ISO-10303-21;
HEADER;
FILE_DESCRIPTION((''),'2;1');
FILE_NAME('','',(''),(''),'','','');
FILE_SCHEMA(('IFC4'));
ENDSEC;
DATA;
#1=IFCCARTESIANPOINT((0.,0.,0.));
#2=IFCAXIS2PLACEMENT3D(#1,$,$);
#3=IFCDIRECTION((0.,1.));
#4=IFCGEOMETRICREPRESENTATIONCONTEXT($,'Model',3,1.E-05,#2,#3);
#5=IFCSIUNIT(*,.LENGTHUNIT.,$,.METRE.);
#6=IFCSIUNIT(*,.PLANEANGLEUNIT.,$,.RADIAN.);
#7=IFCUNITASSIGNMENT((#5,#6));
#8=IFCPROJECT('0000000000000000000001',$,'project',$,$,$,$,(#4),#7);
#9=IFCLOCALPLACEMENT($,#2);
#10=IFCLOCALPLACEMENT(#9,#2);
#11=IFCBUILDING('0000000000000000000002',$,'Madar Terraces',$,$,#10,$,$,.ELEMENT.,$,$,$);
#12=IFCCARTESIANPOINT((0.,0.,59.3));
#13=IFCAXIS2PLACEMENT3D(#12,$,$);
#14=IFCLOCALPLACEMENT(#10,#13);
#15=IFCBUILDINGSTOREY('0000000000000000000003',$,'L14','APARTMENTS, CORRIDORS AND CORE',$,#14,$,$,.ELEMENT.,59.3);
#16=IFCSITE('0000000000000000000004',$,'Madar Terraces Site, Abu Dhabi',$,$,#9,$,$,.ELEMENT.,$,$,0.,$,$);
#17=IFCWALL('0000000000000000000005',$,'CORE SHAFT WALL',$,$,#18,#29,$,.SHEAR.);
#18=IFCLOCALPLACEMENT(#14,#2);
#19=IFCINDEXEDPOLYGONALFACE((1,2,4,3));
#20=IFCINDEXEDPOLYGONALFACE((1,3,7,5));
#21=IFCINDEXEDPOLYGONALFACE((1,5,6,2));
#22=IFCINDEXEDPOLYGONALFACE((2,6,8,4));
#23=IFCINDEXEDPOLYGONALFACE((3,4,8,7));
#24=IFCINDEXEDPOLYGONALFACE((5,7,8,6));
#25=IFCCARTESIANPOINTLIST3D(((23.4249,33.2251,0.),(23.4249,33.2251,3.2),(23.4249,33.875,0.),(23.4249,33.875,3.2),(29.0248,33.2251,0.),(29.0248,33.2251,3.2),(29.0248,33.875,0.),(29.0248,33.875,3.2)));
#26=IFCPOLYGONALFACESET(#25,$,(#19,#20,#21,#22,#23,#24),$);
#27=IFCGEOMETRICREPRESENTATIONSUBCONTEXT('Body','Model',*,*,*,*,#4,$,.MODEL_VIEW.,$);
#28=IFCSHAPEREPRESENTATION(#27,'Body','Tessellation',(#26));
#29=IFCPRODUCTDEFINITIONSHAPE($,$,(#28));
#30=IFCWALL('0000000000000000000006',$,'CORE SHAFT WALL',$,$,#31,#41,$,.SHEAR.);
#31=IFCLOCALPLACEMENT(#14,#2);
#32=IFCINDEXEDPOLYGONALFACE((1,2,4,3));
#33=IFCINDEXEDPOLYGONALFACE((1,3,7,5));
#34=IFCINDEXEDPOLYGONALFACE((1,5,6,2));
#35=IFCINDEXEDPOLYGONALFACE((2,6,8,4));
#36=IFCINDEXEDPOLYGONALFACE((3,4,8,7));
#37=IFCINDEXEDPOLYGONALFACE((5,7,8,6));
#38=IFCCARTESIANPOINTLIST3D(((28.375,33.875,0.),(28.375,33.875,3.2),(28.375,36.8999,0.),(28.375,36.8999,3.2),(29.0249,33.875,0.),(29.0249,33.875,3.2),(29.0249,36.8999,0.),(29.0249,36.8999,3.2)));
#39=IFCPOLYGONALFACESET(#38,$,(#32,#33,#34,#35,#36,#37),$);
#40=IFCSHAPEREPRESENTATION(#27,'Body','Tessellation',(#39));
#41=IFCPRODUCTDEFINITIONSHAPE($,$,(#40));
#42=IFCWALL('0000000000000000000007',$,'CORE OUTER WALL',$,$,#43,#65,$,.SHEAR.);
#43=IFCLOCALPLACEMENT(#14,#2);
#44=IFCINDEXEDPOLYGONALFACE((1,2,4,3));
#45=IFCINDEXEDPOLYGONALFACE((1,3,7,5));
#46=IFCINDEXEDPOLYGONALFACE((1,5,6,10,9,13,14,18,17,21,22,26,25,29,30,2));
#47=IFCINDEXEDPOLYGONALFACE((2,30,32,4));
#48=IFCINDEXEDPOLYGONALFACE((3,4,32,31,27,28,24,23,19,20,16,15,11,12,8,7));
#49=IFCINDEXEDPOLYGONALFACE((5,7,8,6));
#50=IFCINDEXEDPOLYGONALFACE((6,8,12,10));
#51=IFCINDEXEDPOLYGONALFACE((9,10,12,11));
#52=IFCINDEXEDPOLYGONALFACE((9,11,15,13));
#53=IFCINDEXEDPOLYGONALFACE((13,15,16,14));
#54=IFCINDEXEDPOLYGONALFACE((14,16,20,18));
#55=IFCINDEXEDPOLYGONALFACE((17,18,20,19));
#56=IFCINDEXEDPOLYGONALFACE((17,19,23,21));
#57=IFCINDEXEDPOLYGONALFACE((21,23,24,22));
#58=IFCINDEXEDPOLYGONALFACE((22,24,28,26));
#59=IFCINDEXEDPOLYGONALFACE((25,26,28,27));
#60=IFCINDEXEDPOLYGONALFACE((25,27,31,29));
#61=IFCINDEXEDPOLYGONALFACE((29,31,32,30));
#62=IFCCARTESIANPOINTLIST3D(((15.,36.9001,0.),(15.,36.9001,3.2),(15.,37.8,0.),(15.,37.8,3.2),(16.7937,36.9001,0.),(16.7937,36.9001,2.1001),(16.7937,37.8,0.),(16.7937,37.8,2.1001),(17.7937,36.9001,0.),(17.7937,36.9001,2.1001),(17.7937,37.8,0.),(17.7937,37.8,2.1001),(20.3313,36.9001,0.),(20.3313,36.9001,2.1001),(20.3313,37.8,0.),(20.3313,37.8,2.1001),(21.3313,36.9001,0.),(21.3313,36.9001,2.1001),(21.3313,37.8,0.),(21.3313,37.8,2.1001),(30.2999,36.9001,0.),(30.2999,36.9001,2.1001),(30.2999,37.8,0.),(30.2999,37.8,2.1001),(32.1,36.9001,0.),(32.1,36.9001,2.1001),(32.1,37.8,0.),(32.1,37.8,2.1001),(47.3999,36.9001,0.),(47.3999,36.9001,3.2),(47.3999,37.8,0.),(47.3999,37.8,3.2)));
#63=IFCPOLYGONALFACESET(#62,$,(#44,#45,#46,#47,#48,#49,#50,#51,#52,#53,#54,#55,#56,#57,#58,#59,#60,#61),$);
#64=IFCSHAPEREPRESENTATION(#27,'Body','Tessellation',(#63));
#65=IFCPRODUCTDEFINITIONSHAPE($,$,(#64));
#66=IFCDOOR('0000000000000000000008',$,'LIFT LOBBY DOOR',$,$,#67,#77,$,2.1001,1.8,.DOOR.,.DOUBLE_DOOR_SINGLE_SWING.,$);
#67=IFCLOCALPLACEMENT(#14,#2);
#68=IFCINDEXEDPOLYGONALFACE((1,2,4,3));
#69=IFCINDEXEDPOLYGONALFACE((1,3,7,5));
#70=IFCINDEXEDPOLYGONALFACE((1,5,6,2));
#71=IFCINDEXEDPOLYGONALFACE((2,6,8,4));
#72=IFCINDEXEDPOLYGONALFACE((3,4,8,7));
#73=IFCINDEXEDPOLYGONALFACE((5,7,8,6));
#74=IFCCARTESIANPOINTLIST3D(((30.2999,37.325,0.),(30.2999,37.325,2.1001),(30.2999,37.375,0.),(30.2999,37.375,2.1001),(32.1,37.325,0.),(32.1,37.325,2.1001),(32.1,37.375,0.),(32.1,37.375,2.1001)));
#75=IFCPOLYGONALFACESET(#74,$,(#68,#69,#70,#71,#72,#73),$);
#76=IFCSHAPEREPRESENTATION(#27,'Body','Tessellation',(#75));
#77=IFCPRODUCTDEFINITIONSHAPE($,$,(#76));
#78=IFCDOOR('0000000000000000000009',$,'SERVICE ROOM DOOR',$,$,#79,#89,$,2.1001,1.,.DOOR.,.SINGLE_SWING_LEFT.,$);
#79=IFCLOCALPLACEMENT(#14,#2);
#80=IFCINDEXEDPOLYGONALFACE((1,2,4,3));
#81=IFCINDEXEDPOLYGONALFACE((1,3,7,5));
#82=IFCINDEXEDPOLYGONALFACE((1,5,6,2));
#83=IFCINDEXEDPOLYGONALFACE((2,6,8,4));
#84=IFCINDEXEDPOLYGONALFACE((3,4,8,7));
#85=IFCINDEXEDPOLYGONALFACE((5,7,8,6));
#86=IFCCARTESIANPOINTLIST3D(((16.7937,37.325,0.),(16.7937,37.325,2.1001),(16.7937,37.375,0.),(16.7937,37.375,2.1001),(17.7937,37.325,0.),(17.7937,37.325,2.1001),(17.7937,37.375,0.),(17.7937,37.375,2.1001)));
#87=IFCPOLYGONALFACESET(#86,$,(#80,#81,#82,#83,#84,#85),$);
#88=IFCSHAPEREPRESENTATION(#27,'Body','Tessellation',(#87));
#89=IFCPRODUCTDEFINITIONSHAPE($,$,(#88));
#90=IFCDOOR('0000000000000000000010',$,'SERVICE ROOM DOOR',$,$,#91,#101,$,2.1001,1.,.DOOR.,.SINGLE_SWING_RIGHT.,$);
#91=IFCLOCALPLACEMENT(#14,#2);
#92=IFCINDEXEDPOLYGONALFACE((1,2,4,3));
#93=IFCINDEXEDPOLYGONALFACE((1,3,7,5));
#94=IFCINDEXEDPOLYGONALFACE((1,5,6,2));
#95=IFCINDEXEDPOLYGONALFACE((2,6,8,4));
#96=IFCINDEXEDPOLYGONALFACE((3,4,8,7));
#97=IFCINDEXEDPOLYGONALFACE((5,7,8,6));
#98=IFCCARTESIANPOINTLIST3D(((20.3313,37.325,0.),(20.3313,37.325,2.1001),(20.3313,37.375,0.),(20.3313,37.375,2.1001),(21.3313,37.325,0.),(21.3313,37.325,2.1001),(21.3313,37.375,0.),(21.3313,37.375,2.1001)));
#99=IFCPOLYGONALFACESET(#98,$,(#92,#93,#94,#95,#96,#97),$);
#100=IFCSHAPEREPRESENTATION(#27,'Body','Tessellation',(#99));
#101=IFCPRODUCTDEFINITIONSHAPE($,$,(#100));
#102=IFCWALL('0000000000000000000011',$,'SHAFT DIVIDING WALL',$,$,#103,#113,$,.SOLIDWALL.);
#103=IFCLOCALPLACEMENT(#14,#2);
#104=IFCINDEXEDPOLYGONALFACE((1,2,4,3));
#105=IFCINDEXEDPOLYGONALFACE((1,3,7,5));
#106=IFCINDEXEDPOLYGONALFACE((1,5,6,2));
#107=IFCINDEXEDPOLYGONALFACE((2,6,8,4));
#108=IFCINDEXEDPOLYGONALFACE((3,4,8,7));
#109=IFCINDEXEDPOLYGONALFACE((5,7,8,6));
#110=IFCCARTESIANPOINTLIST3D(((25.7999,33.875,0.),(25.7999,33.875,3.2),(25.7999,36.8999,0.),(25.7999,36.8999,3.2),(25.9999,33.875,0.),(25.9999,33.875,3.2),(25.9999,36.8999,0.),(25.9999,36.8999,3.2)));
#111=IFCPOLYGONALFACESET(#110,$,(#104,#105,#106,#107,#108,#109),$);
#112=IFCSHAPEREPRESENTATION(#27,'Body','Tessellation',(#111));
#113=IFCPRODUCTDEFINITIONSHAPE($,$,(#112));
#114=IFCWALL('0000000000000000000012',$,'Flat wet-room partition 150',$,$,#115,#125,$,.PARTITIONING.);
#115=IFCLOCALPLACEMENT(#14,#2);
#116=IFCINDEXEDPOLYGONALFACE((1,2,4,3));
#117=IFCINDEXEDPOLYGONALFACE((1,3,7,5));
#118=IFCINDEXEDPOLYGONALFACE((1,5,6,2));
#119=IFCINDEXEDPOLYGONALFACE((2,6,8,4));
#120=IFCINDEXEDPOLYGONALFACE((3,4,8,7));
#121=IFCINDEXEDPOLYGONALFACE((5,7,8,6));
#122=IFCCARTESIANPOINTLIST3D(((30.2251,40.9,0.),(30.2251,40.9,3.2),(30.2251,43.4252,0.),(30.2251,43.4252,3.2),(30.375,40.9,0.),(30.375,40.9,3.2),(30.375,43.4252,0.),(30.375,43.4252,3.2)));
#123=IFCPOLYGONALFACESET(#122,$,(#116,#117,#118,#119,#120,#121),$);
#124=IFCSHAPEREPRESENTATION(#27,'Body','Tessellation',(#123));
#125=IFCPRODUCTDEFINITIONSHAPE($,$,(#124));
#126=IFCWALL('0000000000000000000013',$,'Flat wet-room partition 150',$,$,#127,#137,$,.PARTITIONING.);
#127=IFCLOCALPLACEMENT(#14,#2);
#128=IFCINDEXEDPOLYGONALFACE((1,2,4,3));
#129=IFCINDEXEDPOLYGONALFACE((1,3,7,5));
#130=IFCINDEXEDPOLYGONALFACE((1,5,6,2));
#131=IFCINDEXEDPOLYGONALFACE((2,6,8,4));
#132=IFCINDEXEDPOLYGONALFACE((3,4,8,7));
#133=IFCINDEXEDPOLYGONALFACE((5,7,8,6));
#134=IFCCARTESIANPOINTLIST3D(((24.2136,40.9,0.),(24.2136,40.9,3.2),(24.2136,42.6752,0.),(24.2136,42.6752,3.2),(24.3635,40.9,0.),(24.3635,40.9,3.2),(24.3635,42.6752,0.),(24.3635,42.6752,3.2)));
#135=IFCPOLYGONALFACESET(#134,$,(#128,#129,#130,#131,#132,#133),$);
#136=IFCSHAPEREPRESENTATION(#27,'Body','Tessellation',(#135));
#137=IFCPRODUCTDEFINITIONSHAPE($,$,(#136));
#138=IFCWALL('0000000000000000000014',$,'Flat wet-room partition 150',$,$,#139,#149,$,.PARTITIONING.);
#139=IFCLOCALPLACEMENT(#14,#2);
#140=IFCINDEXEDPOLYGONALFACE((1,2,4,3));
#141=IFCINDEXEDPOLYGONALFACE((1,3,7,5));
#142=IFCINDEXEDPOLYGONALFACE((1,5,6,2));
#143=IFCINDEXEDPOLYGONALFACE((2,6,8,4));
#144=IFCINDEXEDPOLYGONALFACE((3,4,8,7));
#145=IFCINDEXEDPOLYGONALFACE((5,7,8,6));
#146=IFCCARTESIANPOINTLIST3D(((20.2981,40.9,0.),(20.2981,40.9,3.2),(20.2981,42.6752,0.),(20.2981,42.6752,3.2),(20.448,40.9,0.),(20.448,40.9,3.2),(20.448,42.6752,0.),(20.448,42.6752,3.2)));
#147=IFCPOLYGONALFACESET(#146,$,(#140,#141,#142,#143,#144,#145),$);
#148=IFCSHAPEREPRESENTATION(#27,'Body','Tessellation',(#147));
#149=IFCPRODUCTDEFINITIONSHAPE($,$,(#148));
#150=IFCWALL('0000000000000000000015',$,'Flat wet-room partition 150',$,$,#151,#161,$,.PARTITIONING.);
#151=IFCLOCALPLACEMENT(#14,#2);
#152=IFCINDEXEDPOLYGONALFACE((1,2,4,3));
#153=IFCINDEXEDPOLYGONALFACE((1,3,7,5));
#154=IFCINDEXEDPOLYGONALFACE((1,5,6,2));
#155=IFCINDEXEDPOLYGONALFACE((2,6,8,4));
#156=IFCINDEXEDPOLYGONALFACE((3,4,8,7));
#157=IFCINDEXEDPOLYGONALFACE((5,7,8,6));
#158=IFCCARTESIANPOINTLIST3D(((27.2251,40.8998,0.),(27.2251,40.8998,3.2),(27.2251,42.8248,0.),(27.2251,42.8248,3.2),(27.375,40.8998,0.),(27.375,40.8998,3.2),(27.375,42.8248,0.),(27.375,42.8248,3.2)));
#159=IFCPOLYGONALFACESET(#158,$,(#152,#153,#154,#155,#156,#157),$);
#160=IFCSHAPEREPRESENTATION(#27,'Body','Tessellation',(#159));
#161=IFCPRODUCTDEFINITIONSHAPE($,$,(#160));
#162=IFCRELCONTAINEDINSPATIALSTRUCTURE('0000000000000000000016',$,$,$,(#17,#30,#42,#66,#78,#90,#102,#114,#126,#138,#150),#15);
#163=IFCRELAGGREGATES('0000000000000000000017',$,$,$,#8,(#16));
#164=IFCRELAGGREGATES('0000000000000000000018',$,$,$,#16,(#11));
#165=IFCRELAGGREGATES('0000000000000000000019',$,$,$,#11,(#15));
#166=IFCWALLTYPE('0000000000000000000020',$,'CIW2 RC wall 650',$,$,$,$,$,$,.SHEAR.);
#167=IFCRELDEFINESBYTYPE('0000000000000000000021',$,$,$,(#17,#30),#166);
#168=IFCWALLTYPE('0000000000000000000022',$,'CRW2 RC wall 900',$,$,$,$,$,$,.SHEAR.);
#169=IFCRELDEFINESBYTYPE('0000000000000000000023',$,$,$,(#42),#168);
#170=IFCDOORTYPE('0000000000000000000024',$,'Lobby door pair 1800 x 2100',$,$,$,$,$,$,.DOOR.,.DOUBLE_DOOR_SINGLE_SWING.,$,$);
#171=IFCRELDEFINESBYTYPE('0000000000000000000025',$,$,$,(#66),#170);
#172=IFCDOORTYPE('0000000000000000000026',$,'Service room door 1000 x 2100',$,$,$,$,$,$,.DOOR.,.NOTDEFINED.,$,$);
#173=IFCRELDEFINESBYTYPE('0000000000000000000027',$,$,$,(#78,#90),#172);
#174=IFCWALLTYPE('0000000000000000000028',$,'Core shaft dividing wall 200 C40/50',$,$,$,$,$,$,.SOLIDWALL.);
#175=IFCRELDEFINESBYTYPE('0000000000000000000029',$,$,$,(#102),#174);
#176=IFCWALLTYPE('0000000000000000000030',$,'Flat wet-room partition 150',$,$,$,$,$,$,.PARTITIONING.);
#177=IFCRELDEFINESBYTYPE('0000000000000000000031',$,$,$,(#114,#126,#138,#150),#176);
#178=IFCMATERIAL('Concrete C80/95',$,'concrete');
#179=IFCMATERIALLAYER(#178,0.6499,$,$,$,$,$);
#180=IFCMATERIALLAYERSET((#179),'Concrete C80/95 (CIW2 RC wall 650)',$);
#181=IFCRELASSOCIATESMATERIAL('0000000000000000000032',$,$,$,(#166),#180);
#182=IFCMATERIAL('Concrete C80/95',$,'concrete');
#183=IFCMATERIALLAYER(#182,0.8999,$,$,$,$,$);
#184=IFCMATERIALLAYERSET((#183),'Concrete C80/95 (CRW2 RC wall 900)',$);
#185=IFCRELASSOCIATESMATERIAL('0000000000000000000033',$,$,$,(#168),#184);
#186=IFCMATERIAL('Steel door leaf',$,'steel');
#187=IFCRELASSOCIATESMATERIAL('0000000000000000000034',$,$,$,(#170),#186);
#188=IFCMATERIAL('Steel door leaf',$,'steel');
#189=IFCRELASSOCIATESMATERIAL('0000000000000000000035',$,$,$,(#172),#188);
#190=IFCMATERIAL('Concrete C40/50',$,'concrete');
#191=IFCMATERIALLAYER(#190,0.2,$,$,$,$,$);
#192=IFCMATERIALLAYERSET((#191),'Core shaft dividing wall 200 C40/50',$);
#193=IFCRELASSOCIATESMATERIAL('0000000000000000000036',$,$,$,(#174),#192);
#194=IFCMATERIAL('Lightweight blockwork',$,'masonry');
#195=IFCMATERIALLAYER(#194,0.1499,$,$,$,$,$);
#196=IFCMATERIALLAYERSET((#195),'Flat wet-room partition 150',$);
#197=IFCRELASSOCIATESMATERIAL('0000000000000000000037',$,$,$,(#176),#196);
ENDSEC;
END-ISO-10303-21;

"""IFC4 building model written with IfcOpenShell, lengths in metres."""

from ifc_helpers import new_model, si_unit, direction, frame, frame_2d, origin, place, context, subcontext, project, spatial, rectangle, extrude, material, layer, layer_set, type_object, element, fill, save


model = new_model("IFC4")

# Units and contexts
model_context = context("Model", 3, precision=1e-05, world=origin(), true_north=direction((0.0, 1.0)))
body_context = subcontext(model_context, "Body", "Model", "MODEL_VIEW")
ifc_project = project(units=[si_unit("LENGTHUNIT", "METRE"), si_unit("PLANEANGLEUNIT", "RADIAN")], contexts=[model_context])

# Site, building, storey
site_placement = place(None, origin())
site = spatial("IfcSite", under=ifc_project, at=site_placement, Name="Madar Terraces Site, Abu Dhabi", CompositionType="ELEMENT", RefElevation=0.0)
building_placement = place(site_placement, origin())
building = spatial("IfcBuilding", under=site, at=building_placement, Name="Madar Terraces", CompositionType="ELEMENT")
storey_placement = place(building_placement, frame((0.0, 0.0, 59.3)))
storey = spatial("IfcBuildingStorey", under=building, at=storey_placement, Name="L14", Description="APARTMENTS, CORRIDORS AND CORE", CompositionType="ELEMENT", Elevation=59.3)

# Walls
ifc_material_1 = material(Name="Concrete C80/95", Category="concrete")
ifc_layer_1 = layer(ifc_material_1, 0.6499)
ifc_layer_set_1 = layer_set([ifc_layer_1], Name="Concrete C80/95 (CIW2 RC wall 650)")
wall_type_1 = type_object("IfcWallType", Name="CIW2 RC wall 650", PredefinedType="SHEAR", material=ifc_layer_set_1)
wall_1_placement = place(storey_placement, frame((23.425, 33.55, 0.0), z_axis=(0.0, 0.0, 1.0), x_axis=(1.0, 0.0, 0.0)))
element("IfcWall", 1, at=wall_1_placement, inside=storey, type_object=wall_type_1, Name="CORE SHAFT WALL", PredefinedType="SHEAR", context=body_context, shape_type="SweptSolid", body=[
    extrude(rectangle(XDim=5.5999, YDim=0.6499, at=frame_2d((2.7998, 0.0))), origin(), (0.0, 0.0, 1.0), 3.2),
])
wall_2_placement = place(storey_placement, frame((28.7, 33.875, 0.0), z_axis=(0.0, 0.0, 1.0), x_axis=(0.0, 1.0, 0.0)))
element("IfcWall", 2, at=wall_2_placement, inside=storey, type_object=wall_type_1, Name="CORE SHAFT WALL", PredefinedType="SHEAR", context=body_context, shape_type="SweptSolid", body=[
    extrude(rectangle(XDim=3.0249, YDim=0.6499, at=frame_2d((1.5125, 0.0))), origin(), (0.0, 0.0, 1.0), 3.2),
])

# Wall, openings, doors
ifc_material_2 = material(Name="Concrete C80/95", Category="concrete")
ifc_layer_2 = layer(ifc_material_2, 0.8999)
ifc_layer_set_2 = layer_set([ifc_layer_2], Name="Concrete C80/95 (CRW2 RC wall 900)")
wall_type_2 = type_object("IfcWallType", Name="CRW2 RC wall 900", PredefinedType="SHEAR", material=ifc_layer_set_2)
wall_3_placement = place(storey_placement, frame((15.0, 37.3501, 0.0), z_axis=(0.0, 0.0, 1.0), x_axis=(1.0, 0.0, 0.0)))
wall_3 = element("IfcWall", 3, at=wall_3_placement, inside=storey, type_object=wall_type_2, Name="CORE OUTER WALL", PredefinedType="SHEAR", context=body_context, shape_type="SweptSolid", body=[
    extrude(rectangle(XDim=32.3999, YDim=0.8999, at=frame_2d((16.2, 0.0))), origin(), (0.0, 0.0, 1.0), 3.2),
])
opening_1_placement = place(wall_3_placement, frame((15.3, 0.0, 0.0)))
opening_1 = element("IfcOpeningElement", 4, at=opening_1_placement, cuts=wall_3, PredefinedType="OPENING", context=body_context, shape_type="SweptSolid", body=[
    extrude(rectangle(XDim=1.8, YDim=2.1001, at=frame_2d((0.8999, 1.05))), frame((0.0, 0.46, 0.0), z_axis=(0.0, -1.0, 0.0), x_axis=(1.0, 0.0, 0.0)), (0.0, 0.0, 1.0), 0.9199),
])
opening_2_placement = place(wall_3_placement, frame((1.7937, 0.0, 0.0)))
opening_2 = element("IfcOpeningElement", 5, at=opening_2_placement, cuts=wall_3, PredefinedType="OPENING", context=body_context, shape_type="SweptSolid", body=[
    extrude(rectangle(XDim=1.0, YDim=2.1001, at=frame_2d((0.5, 1.05))), frame((0.0, 0.46, 0.0), z_axis=(0.0, -1.0, 0.0), x_axis=(1.0, 0.0, 0.0)), (0.0, 0.0, 1.0), 0.9199),
])
opening_3_placement = place(wall_3_placement, frame((5.3313, 0.0, 0.0)))
opening_3 = element("IfcOpeningElement", 6, at=opening_3_placement, cuts=wall_3, PredefinedType="OPENING", context=body_context, shape_type="SweptSolid", body=[
    extrude(rectangle(XDim=1.0, YDim=2.1001, at=frame_2d((0.5, 1.05))), frame((0.0, 0.46, 0.0), z_axis=(0.0, -1.0, 0.0), x_axis=(1.0, 0.0, 0.0)), (0.0, 0.0, 1.0), 0.9199),
])
ifc_material_3 = material(Name="Steel door leaf", Category="steel")
door_type_1 = type_object("IfcDoorType", Name="Lobby door pair 1800 x 2100", OperationType="DOUBLE_DOOR_SINGLE_SWING", PredefinedType="DOOR", material=ifc_material_3)
door_1_placement = place(opening_1_placement, origin())
door_1 = element("IfcDoor", 7, at=door_1_placement, inside=storey, type_object=door_type_1, Name="LIFT LOBBY DOOR", OperationType="DOUBLE_DOOR_SINGLE_SWING", OverallHeight=2.1001, OverallWidth=1.8, PredefinedType="DOOR", context=body_context, shape_type="SweptSolid", body=[
    extrude(rectangle(XDim=1.8, YDim=2.1001, at=frame_2d((0.8999, 1.05))), frame((0.0, 0.0249, 0.0), z_axis=(0.0, -1.0, 0.0), x_axis=(1.0, 0.0, 0.0)), (0.0, 0.0, 1.0), 0.05),
])
fill(opening_1, door_1)
ifc_material_4 = material(Name="Steel door leaf", Category="steel")
door_type_2 = type_object("IfcDoorType", Name="Service room door 1000 x 2100", OperationType="NOTDEFINED", PredefinedType="DOOR", material=ifc_material_4)
door_2_placement = place(opening_2_placement, origin())
door_2 = element("IfcDoor", 8, at=door_2_placement, inside=storey, type_object=door_type_2, Name="SERVICE ROOM DOOR", OperationType="SINGLE_SWING_LEFT", OverallHeight=2.1001, OverallWidth=1.0, PredefinedType="DOOR", context=body_context, shape_type="SweptSolid", body=[
    extrude(rectangle(XDim=1.0, YDim=2.1001, at=frame_2d((0.5, 1.05))), frame((0.0, 0.0249, 0.0), z_axis=(0.0, -1.0, 0.0), x_axis=(1.0, 0.0, 0.0)), (0.0, 0.0, 1.0), 0.05),
])
fill(opening_2, door_2)
door_3_placement = place(opening_3_placement, origin())
door_3 = element("IfcDoor", 9, at=door_3_placement, inside=storey, type_object=door_type_2, Name="SERVICE ROOM DOOR", OperationType="SINGLE_SWING_RIGHT", OverallHeight=2.1001, OverallWidth=1.0, PredefinedType="DOOR", context=body_context, shape_type="SweptSolid", body=[
    extrude(rectangle(XDim=1.0, YDim=2.1001, at=frame_2d((0.5, 1.05))), frame((0.0, 0.0249, 0.0), z_axis=(0.0, -1.0, 0.0), x_axis=(1.0, 0.0, 0.0)), (0.0, 0.0, 1.0), 0.05),
])
fill(opening_3, door_3)

# Walls
ifc_material_5 = material(Name="Concrete C40/50", Category="concrete")
ifc_layer_3 = layer(ifc_material_5, 0.2)
ifc_layer_set_3 = layer_set([ifc_layer_3], Name="Core shaft dividing wall 200 C40/50")
wall_type_3 = type_object("IfcWallType", Name="Core shaft dividing wall 200 C40/50", PredefinedType="SOLIDWALL", material=ifc_layer_set_3)
wall_4_placement = place(storey_placement, frame((25.8999, 33.875, 0.0), z_axis=(0.0, 0.0, 1.0), x_axis=(0.0, 1.0, 0.0)))
element("IfcWall", 10, at=wall_4_placement, inside=storey, type_object=wall_type_3, Name="SHAFT DIVIDING WALL", PredefinedType="SOLIDWALL", context=body_context, shape_type="SweptSolid", body=[
    extrude(rectangle(XDim=3.0249, YDim=0.2, at=frame_2d((1.5125, 0.0))), origin(), (0.0, 0.0, 1.0), 3.2),
])
ifc_material_6 = material(Name="Lightweight blockwork", Category="masonry")
ifc_layer_4 = layer(ifc_material_6, 0.1499)
ifc_layer_set_4 = layer_set([ifc_layer_4], Name="Flat wet-room partition 150")
wall_type_4 = type_object("IfcWallType", Name="Flat wet-room partition 150", PredefinedType="PARTITIONING", material=ifc_layer_set_4)
wall_5_placement = place(storey_placement, frame((30.3, 40.8999, 0.0), z_axis=(0.0, 0.0, 1.0), x_axis=(0.0, 1.0, 0.0)))
element("IfcWall", 11, at=wall_5_placement, inside=storey, type_object=wall_type_4, Name="Flat wet-room partition 150", PredefinedType="PARTITIONING", context=body_context, shape_type="SweptSolid", body=[
    extrude(rectangle(XDim=2.5251, YDim=0.1499, at=frame_2d((1.2627, 0.0))), origin(), (0.0, 0.0, 1.0), 3.2),
])
for number, where, z_axis, x_axis, name in (
    (12, (24.2886, 40.8999, 0.0), (0.0, 0.0, 1.0), (0.0, 1.0, 0.0), "Flat wet-room partition 150"),
    (13, (20.373, 40.8999, 0.0), (0.0, 0.0, 1.0), (0.0, 1.0, 0.0), "Flat wet-room partition 150"),
):
    element("IfcWall", number, at=place(storey_placement, frame(where, z_axis=z_axis, x_axis=x_axis)), inside=storey, type_object=wall_type_4, Name=name, PredefinedType="PARTITIONING", context=body_context, shape_type="SweptSolid", body=[
        extrude(rectangle(XDim=1.7751, YDim=0.1499, at=frame_2d((0.8877, 0.0))), origin(), (0.0, 0.0, 1.0), 3.2),
    ])
wall_6_placement = place(storey_placement, frame((27.3, 40.8999, 0.0), z_axis=(0.0, 0.0, 1.0), x_axis=(0.0, 1.0, 0.0)))
element("IfcWall", 14, at=wall_6_placement, inside=storey, type_object=wall_type_4, Name="Flat wet-room partition 150", PredefinedType="PARTITIONING", context=body_context, shape_type="SweptSolid", body=[
    extrude(rectangle(XDim=1.925, YDim=0.1499, at=frame_2d((0.9624, 0.0))), origin(), (0.0, 0.0, 1.0), 3.2),
])

save(model, "model.ifc")
